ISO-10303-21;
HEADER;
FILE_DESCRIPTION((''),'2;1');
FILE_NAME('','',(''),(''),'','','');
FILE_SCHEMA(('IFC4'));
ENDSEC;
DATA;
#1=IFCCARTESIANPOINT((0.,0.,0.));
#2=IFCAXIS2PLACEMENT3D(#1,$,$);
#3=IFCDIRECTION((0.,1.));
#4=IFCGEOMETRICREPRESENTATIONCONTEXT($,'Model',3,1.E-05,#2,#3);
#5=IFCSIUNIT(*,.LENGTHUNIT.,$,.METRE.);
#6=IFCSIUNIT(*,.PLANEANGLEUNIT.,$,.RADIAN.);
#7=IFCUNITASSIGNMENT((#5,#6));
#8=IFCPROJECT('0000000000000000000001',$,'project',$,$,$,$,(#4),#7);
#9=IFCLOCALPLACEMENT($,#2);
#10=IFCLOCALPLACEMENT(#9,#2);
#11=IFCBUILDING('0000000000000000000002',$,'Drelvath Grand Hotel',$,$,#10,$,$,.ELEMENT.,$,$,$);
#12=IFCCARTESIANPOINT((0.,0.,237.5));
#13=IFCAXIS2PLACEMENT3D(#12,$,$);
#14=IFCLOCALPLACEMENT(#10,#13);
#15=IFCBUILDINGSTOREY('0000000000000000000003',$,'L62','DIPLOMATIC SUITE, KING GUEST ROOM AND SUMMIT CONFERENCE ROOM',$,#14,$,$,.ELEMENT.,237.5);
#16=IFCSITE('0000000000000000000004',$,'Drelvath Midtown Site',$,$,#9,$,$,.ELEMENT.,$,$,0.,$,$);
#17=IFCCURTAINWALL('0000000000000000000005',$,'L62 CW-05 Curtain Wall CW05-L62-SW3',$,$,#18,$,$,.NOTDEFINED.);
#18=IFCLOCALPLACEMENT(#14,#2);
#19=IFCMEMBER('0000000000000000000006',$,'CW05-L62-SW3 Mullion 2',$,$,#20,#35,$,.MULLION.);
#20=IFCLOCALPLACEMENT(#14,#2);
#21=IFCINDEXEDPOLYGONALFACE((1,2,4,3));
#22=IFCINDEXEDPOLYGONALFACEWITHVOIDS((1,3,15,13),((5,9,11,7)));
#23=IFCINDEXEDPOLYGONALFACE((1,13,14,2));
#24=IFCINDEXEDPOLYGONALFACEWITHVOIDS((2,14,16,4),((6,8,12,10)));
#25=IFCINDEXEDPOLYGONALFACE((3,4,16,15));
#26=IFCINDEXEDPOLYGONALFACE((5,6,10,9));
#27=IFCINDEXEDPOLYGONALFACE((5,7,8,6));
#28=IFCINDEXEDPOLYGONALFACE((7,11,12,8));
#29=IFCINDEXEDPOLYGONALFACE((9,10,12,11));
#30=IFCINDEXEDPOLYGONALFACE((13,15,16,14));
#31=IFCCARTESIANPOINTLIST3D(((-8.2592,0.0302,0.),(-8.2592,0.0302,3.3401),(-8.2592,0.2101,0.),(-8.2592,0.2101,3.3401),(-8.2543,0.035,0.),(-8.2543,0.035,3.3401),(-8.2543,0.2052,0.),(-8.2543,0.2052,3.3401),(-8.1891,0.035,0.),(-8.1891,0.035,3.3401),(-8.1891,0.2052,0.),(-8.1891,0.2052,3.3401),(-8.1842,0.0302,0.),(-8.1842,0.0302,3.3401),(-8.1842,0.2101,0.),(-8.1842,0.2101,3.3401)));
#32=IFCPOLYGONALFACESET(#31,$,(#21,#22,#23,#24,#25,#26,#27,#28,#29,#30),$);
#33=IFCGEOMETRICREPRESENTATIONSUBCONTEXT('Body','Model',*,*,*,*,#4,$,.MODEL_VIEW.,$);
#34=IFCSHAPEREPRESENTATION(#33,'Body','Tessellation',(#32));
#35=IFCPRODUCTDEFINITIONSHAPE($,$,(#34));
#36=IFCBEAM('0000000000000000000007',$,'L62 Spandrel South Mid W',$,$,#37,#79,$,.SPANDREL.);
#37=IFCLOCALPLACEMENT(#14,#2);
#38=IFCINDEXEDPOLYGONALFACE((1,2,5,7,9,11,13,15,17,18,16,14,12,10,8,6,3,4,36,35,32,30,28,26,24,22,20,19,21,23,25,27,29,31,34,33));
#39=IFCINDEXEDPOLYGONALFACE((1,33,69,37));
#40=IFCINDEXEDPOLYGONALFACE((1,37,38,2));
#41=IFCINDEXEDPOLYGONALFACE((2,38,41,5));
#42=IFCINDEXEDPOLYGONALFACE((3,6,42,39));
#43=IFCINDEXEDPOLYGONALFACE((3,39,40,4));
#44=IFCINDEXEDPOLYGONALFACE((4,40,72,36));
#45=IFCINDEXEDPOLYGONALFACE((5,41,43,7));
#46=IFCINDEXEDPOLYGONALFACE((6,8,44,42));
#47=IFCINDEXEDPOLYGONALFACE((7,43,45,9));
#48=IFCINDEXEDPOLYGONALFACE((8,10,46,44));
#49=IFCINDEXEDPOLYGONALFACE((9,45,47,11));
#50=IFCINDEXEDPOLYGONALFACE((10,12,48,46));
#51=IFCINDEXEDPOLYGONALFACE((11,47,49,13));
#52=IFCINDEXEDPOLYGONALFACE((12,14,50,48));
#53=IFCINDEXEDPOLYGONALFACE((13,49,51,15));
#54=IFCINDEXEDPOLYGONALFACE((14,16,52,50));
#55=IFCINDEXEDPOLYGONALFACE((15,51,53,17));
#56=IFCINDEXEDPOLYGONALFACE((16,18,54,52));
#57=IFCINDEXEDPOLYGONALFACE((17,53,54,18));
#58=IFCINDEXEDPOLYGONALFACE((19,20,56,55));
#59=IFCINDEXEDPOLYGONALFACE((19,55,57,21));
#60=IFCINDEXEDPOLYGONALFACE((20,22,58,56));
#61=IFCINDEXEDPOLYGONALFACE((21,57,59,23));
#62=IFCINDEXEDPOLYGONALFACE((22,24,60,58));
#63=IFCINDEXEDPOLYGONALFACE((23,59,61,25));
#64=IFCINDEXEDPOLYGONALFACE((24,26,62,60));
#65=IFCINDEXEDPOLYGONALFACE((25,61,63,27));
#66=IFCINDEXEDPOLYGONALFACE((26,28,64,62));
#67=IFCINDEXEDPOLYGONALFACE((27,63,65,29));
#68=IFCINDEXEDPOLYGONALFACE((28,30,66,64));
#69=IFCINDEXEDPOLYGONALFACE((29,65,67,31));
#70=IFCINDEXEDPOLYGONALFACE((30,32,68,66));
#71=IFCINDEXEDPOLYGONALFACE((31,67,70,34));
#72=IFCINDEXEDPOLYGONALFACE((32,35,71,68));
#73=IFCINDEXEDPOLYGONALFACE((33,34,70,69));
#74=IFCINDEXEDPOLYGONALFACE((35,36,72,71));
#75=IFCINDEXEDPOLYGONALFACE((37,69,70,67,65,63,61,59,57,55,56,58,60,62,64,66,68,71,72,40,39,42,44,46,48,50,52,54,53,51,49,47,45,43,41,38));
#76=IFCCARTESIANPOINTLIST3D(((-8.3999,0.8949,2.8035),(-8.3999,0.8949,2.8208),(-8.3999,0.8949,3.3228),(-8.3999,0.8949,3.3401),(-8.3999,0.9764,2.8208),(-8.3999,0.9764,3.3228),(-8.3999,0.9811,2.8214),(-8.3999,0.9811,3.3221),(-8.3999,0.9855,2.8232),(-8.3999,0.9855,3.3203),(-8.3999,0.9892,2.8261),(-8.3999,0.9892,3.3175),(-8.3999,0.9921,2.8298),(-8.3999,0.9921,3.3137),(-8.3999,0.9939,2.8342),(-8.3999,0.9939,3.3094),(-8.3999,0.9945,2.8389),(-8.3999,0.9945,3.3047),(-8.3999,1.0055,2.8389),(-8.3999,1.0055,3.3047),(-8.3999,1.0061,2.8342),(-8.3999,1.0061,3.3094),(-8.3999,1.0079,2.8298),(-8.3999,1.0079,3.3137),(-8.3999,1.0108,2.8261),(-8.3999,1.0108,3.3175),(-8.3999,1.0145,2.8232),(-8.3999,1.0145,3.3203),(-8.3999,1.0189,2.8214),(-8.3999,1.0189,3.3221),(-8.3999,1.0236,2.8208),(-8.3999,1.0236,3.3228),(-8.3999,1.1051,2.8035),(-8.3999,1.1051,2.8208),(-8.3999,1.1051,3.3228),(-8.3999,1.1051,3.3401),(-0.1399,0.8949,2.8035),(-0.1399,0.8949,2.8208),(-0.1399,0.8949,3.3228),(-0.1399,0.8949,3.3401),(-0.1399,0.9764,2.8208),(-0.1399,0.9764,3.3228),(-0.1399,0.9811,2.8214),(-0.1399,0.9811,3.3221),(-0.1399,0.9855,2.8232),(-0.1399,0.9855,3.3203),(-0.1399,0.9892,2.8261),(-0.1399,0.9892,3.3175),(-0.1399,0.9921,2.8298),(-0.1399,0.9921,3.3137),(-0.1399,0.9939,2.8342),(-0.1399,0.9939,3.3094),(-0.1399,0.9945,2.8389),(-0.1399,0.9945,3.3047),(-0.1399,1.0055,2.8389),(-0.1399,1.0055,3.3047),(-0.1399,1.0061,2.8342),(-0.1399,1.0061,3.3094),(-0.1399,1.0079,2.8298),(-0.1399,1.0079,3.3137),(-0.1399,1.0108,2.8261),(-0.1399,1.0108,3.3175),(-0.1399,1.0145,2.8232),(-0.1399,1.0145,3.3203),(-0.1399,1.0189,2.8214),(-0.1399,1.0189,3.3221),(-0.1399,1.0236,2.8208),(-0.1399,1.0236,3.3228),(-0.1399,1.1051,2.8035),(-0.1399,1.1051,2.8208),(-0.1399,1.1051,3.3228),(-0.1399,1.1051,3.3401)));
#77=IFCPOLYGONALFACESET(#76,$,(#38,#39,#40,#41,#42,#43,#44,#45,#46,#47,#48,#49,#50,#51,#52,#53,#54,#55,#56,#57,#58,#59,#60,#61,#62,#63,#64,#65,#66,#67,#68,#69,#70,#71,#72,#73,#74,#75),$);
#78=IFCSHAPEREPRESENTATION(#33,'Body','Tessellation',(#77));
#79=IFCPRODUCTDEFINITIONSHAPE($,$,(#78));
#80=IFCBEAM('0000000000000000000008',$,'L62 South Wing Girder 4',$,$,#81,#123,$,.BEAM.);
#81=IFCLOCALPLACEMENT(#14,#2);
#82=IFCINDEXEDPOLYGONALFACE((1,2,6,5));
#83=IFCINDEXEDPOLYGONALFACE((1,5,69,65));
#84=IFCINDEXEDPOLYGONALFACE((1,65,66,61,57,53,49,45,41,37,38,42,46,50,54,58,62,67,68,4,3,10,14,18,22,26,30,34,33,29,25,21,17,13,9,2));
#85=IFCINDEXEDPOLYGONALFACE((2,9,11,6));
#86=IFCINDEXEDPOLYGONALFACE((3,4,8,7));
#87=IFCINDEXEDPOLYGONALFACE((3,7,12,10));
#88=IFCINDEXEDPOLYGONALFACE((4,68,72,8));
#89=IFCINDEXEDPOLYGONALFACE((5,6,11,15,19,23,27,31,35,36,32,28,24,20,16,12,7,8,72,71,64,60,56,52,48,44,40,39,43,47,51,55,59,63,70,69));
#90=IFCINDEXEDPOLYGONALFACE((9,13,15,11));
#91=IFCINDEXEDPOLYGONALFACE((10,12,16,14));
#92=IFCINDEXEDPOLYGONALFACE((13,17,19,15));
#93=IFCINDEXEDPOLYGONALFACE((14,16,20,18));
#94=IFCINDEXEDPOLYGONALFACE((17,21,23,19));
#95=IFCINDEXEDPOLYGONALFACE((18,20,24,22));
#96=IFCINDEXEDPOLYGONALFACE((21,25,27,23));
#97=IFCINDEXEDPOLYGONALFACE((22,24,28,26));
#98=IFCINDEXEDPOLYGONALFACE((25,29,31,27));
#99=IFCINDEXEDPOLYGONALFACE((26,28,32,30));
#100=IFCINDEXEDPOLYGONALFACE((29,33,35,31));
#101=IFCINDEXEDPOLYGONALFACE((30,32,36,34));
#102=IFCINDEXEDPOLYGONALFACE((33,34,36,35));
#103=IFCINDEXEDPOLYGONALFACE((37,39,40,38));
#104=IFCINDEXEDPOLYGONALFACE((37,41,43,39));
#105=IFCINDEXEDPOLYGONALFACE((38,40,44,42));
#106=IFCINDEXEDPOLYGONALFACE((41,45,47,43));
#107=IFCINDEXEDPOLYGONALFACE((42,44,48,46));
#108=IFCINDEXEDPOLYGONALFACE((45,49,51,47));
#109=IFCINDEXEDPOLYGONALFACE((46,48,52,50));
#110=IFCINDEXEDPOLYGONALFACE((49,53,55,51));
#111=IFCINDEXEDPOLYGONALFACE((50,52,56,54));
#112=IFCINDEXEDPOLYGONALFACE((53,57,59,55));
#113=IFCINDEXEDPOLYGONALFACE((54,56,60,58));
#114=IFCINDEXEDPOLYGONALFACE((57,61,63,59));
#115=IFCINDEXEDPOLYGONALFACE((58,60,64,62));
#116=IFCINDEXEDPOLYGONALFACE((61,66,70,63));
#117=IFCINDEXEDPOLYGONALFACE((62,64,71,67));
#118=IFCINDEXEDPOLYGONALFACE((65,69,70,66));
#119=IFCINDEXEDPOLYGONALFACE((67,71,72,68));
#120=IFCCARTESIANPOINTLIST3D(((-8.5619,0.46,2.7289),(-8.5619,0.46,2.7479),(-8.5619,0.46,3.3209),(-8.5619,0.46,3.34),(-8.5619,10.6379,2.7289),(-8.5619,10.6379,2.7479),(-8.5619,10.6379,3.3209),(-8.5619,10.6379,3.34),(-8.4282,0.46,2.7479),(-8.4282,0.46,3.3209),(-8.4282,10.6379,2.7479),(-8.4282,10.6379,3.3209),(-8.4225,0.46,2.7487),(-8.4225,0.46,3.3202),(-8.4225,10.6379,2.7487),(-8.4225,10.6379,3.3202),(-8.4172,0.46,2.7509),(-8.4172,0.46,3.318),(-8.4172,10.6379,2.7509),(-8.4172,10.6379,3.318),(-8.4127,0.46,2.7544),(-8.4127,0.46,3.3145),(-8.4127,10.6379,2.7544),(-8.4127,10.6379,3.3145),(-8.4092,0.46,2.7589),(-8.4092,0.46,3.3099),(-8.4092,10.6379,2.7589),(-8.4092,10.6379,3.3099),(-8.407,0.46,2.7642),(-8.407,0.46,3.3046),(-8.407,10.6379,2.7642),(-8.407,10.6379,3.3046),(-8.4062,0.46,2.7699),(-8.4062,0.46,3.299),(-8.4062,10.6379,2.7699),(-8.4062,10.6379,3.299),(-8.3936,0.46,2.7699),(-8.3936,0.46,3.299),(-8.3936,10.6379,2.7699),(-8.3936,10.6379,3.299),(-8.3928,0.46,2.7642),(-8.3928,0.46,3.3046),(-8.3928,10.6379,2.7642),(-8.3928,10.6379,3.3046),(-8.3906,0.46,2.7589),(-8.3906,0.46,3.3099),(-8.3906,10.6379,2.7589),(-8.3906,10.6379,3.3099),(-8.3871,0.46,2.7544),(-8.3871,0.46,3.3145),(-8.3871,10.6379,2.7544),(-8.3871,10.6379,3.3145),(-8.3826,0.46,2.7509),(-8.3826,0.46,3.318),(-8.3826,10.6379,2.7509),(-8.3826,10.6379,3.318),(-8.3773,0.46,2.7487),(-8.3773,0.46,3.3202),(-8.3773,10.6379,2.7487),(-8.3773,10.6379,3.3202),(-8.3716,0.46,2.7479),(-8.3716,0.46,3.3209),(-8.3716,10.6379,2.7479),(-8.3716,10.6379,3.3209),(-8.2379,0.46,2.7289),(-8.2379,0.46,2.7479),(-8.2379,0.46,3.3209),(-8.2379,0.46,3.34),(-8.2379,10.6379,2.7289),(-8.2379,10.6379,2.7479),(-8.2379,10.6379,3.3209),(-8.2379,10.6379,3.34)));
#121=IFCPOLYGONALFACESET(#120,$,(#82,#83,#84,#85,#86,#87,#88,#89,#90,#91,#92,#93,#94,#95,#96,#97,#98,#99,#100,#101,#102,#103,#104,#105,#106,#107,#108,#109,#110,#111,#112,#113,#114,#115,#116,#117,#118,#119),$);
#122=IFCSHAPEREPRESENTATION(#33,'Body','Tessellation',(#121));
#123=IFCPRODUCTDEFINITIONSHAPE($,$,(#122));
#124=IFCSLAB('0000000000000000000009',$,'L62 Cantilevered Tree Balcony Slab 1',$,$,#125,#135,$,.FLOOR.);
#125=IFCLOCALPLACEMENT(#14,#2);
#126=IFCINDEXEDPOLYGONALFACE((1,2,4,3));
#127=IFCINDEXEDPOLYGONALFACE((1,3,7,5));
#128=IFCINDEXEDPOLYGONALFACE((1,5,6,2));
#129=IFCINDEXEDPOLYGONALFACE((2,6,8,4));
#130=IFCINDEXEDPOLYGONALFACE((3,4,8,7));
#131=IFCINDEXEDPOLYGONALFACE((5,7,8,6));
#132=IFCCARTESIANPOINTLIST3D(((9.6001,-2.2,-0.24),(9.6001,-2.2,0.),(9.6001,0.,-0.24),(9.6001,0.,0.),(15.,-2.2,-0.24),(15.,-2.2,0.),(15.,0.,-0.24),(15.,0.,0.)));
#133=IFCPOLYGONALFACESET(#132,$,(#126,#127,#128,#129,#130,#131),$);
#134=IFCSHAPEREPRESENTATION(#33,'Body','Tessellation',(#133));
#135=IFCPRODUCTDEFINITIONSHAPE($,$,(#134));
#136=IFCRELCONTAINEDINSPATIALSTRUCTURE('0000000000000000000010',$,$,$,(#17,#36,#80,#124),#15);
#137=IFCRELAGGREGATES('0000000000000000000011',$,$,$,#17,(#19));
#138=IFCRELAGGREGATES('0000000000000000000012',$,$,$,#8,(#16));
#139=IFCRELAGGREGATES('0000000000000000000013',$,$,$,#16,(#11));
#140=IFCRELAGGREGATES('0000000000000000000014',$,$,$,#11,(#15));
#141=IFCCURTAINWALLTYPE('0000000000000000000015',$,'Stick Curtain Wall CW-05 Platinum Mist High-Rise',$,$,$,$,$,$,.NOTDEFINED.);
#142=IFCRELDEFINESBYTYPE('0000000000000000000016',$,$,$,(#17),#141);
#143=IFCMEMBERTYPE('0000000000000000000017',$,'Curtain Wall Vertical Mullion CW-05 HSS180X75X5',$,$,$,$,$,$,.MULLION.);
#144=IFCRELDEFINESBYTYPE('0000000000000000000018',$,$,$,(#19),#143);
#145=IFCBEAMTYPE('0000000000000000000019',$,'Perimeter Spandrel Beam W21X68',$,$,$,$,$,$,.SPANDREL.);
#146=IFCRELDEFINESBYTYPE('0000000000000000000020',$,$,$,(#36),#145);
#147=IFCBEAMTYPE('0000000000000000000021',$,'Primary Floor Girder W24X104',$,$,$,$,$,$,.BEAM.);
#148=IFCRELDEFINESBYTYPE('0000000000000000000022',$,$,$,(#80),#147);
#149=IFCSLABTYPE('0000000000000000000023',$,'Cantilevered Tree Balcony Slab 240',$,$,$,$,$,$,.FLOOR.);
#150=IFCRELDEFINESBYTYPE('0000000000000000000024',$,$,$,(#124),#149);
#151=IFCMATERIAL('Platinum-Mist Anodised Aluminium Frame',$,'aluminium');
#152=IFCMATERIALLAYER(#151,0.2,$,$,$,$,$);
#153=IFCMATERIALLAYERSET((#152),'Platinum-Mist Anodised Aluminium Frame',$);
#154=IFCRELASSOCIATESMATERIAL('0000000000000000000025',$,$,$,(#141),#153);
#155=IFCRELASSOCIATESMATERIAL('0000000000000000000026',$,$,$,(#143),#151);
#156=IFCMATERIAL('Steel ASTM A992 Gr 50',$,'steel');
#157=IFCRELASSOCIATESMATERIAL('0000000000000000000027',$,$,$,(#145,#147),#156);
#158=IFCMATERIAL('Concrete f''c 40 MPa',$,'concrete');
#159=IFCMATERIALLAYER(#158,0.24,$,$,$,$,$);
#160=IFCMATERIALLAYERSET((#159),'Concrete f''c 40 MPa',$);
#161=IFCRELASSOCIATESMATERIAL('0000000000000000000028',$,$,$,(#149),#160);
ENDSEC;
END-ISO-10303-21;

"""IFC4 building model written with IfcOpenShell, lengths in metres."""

from ifc_helpers import new_model, si_unit, direction, frame, origin, origin_2d, place, context, subcontext, project, spatial, polyline, hollow_rectangle, i_section, outline, extrude, material, layer, layer_set, material_profile, profile_set, type_object, element, aggregate, save


model = new_model("IFC4")

# Units and contexts
model_context = context("Model", 3, precision=1e-05, world=origin(), true_north=direction((0.0, 1.0)))
body_context = subcontext(model_context, "Body", "Model", "MODEL_VIEW")
ifc_project = project(units=[si_unit("LENGTHUNIT", "METRE"), si_unit("PLANEANGLEUNIT", "RADIAN")], contexts=[model_context])

# Site, building, storey
site_placement = place(None, origin())
site = spatial("IfcSite", under=ifc_project, at=site_placement, Name="Drelvath Midtown Site", CompositionType="ELEMENT", RefElevation=0.0)
building_placement = place(site_placement, origin())
building = spatial("IfcBuilding", under=site, at=building_placement, Name="Drelvath Grand Hotel", CompositionType="ELEMENT")
storey_placement = place(building_placement, frame((0.0, 0.0, 237.5)))
storey = spatial("IfcBuildingStorey", under=building, at=storey_placement, Name="L62", Description="DIPLOMATIC SUITE, KING GUEST ROOM AND SUMMIT CONFERENCE ROOM", CompositionType="ELEMENT", Elevation=237.5)

# Curtain wall
ifc_material_1 = material(Name="Platinum-Mist Anodised Aluminium Frame", Category="aluminium")
ifc_layer_1 = layer(ifc_material_1, 0.2)
ifc_layer_set_1 = layer_set([ifc_layer_1], Name="Platinum-Mist Anodised Aluminium Frame")
curtain_wall_type = type_object("IfcCurtainWallType", Name="Stick Curtain Wall CW-05 Platinum Mist High-Rise", PredefinedType="NOTDEFINED", material=ifc_layer_set_1)
curtain_wall_1_placement = place(storey_placement, origin())
curtain_wall_1 = element("IfcCurtainWall", 1, at=curtain_wall_1_placement, inside=storey, type_object=curtain_wall_type, Name="L62 CW-05 Curtain Wall CW05-L62-SW3", PredefinedType="NOTDEFINED")

# Member
ifc_material_profile_1 = material_profile(ifc_material_1, hollow_rectangle(XDim=0.075, YDim=0.1799, WallThickness=0.0049, at=origin_2d()), Name="HSS180X75X5")
ifc_profile_set_1 = profile_set([ifc_material_profile_1], Name="Platinum-Mist Anodised Aluminium Frame")
member_type_1 = type_object("IfcMemberType", Name="Curtain Wall Vertical Mullion CW-05 HSS180X75X5", PredefinedType="MULLION", material=ifc_profile_set_1)
member_1_placement = place(storey_placement, frame((-8.2217, 0.1201, 0.0), z_axis=(0.0, 0.0, 1.0), x_axis=(1.0, 0.0, 0.0)))
member_1 = element("IfcMember", 2, at=member_1_placement, type_object=member_type_1, Name="CW05-L62-SW3 Mullion 2", PredefinedType="MULLION", context=body_context, shape_type="SweptSolid", body=[
    extrude(hollow_rectangle(XDim=0.075, YDim=0.1799, WallThickness=0.0049, at=origin_2d()), origin(), (0.0, 0.0, 1.0), 3.3401),
])

# Beams
ifc_material_2 = material(Name="Steel ASTM A992 Gr 50", Category="steel")
ifc_material_profile_2 = material_profile(ifc_material_2, i_section(OverallWidth=0.2102, OverallDepth=0.5366, WebThickness=0.011, FlangeThickness=0.0173, FilletRadius=0.0181, at=origin_2d()), Name="W21X68")
ifc_profile_set_2 = profile_set([ifc_material_profile_2], Name="Steel ASTM A992 Gr 50")
beam_type_1 = type_object("IfcBeamType", Name="Perimeter Spandrel Beam W21X68", PredefinedType="SPANDREL", material=ifc_profile_set_2)
beam_1_placement = place(storey_placement, frame((-8.3999, 1.0, 3.0718), z_axis=(1.0, 0.0, 0.0), x_axis=(0.0, 1.0, 0.0)))
element("IfcBeam", 3, at=beam_1_placement, inside=storey, type_object=beam_type_1, Name="L62 Spandrel South Mid W", PredefinedType="SPANDREL", context=body_context, shape_type="SweptSolid", body=[
    extrude(i_section(OverallWidth=0.2102, OverallDepth=0.5366, WebThickness=0.011, FlangeThickness=0.0173, FilletRadius=0.0181, at=origin_2d()), origin(), (0.0, 0.0, 1.0), 8.26),
])
ifc_material_profile_3 = material_profile(ifc_material_2, i_section(OverallWidth=0.324, OverallDepth=0.6111, WebThickness=0.0127, FlangeThickness=0.019, FilletRadius=0.022, at=origin_2d()), Name="W24X104")
ifc_profile_set_3 = profile_set([ifc_material_profile_3], Name="Steel ASTM A992 Gr 50")
beam_type_2 = type_object("IfcBeamType", Name="Primary Floor Girder W24X104", PredefinedType="BEAM", material=ifc_profile_set_3)
beam_2_placement = place(storey_placement, frame((-8.3999, 0.46, 3.0344), z_axis=(0.0, 1.0, 0.0), x_axis=(-1.0, 0.0, 0.0)))
element("IfcBeam", 4, at=beam_2_placement, inside=storey, type_object=beam_type_2, Name="L62 South Wing Girder 4", PredefinedType="BEAM", context=body_context, shape_type="SweptSolid", body=[
    extrude(i_section(OverallWidth=0.324, OverallDepth=0.6111, WebThickness=0.0127, FlangeThickness=0.019, FilletRadius=0.022, at=origin_2d()), origin(), (0.0, 0.0, 1.0), 10.178),
])

# Slab
ifc_material_3 = material(Name="Concrete f'c 40 MPa", Category="concrete")
ifc_layer_2 = layer(ifc_material_3, 0.24)
ifc_layer_set_2 = layer_set([ifc_layer_2], Name="Concrete f'c 40 MPa")
slab_type_1 = type_object("IfcSlabType", Name="Cantilevered Tree Balcony Slab 240", PredefinedType="FLOOR", material=ifc_layer_set_2)
slab_1_placement = place(storey_placement, frame((0.0, 0.0, -0.24)))
element("IfcSlab", 5, at=slab_1_placement, inside=storey, type_object=slab_type_1, Name="L62 Cantilevered Tree Balcony Slab 1", PredefinedType="FLOOR", context=body_context, shape_type="SweptSolid", body=[
    extrude(outline(polyline([(9.6001, -2.2), (15.0, -2.2), (15.0, 0.0), (9.6001, 0.0), (9.6001, -2.2)])), origin(), (0.0, 0.0, 1.0), 0.24),
])

aggregate(curtain_wall_1, [member_1])

save(model, "model.ifc")
